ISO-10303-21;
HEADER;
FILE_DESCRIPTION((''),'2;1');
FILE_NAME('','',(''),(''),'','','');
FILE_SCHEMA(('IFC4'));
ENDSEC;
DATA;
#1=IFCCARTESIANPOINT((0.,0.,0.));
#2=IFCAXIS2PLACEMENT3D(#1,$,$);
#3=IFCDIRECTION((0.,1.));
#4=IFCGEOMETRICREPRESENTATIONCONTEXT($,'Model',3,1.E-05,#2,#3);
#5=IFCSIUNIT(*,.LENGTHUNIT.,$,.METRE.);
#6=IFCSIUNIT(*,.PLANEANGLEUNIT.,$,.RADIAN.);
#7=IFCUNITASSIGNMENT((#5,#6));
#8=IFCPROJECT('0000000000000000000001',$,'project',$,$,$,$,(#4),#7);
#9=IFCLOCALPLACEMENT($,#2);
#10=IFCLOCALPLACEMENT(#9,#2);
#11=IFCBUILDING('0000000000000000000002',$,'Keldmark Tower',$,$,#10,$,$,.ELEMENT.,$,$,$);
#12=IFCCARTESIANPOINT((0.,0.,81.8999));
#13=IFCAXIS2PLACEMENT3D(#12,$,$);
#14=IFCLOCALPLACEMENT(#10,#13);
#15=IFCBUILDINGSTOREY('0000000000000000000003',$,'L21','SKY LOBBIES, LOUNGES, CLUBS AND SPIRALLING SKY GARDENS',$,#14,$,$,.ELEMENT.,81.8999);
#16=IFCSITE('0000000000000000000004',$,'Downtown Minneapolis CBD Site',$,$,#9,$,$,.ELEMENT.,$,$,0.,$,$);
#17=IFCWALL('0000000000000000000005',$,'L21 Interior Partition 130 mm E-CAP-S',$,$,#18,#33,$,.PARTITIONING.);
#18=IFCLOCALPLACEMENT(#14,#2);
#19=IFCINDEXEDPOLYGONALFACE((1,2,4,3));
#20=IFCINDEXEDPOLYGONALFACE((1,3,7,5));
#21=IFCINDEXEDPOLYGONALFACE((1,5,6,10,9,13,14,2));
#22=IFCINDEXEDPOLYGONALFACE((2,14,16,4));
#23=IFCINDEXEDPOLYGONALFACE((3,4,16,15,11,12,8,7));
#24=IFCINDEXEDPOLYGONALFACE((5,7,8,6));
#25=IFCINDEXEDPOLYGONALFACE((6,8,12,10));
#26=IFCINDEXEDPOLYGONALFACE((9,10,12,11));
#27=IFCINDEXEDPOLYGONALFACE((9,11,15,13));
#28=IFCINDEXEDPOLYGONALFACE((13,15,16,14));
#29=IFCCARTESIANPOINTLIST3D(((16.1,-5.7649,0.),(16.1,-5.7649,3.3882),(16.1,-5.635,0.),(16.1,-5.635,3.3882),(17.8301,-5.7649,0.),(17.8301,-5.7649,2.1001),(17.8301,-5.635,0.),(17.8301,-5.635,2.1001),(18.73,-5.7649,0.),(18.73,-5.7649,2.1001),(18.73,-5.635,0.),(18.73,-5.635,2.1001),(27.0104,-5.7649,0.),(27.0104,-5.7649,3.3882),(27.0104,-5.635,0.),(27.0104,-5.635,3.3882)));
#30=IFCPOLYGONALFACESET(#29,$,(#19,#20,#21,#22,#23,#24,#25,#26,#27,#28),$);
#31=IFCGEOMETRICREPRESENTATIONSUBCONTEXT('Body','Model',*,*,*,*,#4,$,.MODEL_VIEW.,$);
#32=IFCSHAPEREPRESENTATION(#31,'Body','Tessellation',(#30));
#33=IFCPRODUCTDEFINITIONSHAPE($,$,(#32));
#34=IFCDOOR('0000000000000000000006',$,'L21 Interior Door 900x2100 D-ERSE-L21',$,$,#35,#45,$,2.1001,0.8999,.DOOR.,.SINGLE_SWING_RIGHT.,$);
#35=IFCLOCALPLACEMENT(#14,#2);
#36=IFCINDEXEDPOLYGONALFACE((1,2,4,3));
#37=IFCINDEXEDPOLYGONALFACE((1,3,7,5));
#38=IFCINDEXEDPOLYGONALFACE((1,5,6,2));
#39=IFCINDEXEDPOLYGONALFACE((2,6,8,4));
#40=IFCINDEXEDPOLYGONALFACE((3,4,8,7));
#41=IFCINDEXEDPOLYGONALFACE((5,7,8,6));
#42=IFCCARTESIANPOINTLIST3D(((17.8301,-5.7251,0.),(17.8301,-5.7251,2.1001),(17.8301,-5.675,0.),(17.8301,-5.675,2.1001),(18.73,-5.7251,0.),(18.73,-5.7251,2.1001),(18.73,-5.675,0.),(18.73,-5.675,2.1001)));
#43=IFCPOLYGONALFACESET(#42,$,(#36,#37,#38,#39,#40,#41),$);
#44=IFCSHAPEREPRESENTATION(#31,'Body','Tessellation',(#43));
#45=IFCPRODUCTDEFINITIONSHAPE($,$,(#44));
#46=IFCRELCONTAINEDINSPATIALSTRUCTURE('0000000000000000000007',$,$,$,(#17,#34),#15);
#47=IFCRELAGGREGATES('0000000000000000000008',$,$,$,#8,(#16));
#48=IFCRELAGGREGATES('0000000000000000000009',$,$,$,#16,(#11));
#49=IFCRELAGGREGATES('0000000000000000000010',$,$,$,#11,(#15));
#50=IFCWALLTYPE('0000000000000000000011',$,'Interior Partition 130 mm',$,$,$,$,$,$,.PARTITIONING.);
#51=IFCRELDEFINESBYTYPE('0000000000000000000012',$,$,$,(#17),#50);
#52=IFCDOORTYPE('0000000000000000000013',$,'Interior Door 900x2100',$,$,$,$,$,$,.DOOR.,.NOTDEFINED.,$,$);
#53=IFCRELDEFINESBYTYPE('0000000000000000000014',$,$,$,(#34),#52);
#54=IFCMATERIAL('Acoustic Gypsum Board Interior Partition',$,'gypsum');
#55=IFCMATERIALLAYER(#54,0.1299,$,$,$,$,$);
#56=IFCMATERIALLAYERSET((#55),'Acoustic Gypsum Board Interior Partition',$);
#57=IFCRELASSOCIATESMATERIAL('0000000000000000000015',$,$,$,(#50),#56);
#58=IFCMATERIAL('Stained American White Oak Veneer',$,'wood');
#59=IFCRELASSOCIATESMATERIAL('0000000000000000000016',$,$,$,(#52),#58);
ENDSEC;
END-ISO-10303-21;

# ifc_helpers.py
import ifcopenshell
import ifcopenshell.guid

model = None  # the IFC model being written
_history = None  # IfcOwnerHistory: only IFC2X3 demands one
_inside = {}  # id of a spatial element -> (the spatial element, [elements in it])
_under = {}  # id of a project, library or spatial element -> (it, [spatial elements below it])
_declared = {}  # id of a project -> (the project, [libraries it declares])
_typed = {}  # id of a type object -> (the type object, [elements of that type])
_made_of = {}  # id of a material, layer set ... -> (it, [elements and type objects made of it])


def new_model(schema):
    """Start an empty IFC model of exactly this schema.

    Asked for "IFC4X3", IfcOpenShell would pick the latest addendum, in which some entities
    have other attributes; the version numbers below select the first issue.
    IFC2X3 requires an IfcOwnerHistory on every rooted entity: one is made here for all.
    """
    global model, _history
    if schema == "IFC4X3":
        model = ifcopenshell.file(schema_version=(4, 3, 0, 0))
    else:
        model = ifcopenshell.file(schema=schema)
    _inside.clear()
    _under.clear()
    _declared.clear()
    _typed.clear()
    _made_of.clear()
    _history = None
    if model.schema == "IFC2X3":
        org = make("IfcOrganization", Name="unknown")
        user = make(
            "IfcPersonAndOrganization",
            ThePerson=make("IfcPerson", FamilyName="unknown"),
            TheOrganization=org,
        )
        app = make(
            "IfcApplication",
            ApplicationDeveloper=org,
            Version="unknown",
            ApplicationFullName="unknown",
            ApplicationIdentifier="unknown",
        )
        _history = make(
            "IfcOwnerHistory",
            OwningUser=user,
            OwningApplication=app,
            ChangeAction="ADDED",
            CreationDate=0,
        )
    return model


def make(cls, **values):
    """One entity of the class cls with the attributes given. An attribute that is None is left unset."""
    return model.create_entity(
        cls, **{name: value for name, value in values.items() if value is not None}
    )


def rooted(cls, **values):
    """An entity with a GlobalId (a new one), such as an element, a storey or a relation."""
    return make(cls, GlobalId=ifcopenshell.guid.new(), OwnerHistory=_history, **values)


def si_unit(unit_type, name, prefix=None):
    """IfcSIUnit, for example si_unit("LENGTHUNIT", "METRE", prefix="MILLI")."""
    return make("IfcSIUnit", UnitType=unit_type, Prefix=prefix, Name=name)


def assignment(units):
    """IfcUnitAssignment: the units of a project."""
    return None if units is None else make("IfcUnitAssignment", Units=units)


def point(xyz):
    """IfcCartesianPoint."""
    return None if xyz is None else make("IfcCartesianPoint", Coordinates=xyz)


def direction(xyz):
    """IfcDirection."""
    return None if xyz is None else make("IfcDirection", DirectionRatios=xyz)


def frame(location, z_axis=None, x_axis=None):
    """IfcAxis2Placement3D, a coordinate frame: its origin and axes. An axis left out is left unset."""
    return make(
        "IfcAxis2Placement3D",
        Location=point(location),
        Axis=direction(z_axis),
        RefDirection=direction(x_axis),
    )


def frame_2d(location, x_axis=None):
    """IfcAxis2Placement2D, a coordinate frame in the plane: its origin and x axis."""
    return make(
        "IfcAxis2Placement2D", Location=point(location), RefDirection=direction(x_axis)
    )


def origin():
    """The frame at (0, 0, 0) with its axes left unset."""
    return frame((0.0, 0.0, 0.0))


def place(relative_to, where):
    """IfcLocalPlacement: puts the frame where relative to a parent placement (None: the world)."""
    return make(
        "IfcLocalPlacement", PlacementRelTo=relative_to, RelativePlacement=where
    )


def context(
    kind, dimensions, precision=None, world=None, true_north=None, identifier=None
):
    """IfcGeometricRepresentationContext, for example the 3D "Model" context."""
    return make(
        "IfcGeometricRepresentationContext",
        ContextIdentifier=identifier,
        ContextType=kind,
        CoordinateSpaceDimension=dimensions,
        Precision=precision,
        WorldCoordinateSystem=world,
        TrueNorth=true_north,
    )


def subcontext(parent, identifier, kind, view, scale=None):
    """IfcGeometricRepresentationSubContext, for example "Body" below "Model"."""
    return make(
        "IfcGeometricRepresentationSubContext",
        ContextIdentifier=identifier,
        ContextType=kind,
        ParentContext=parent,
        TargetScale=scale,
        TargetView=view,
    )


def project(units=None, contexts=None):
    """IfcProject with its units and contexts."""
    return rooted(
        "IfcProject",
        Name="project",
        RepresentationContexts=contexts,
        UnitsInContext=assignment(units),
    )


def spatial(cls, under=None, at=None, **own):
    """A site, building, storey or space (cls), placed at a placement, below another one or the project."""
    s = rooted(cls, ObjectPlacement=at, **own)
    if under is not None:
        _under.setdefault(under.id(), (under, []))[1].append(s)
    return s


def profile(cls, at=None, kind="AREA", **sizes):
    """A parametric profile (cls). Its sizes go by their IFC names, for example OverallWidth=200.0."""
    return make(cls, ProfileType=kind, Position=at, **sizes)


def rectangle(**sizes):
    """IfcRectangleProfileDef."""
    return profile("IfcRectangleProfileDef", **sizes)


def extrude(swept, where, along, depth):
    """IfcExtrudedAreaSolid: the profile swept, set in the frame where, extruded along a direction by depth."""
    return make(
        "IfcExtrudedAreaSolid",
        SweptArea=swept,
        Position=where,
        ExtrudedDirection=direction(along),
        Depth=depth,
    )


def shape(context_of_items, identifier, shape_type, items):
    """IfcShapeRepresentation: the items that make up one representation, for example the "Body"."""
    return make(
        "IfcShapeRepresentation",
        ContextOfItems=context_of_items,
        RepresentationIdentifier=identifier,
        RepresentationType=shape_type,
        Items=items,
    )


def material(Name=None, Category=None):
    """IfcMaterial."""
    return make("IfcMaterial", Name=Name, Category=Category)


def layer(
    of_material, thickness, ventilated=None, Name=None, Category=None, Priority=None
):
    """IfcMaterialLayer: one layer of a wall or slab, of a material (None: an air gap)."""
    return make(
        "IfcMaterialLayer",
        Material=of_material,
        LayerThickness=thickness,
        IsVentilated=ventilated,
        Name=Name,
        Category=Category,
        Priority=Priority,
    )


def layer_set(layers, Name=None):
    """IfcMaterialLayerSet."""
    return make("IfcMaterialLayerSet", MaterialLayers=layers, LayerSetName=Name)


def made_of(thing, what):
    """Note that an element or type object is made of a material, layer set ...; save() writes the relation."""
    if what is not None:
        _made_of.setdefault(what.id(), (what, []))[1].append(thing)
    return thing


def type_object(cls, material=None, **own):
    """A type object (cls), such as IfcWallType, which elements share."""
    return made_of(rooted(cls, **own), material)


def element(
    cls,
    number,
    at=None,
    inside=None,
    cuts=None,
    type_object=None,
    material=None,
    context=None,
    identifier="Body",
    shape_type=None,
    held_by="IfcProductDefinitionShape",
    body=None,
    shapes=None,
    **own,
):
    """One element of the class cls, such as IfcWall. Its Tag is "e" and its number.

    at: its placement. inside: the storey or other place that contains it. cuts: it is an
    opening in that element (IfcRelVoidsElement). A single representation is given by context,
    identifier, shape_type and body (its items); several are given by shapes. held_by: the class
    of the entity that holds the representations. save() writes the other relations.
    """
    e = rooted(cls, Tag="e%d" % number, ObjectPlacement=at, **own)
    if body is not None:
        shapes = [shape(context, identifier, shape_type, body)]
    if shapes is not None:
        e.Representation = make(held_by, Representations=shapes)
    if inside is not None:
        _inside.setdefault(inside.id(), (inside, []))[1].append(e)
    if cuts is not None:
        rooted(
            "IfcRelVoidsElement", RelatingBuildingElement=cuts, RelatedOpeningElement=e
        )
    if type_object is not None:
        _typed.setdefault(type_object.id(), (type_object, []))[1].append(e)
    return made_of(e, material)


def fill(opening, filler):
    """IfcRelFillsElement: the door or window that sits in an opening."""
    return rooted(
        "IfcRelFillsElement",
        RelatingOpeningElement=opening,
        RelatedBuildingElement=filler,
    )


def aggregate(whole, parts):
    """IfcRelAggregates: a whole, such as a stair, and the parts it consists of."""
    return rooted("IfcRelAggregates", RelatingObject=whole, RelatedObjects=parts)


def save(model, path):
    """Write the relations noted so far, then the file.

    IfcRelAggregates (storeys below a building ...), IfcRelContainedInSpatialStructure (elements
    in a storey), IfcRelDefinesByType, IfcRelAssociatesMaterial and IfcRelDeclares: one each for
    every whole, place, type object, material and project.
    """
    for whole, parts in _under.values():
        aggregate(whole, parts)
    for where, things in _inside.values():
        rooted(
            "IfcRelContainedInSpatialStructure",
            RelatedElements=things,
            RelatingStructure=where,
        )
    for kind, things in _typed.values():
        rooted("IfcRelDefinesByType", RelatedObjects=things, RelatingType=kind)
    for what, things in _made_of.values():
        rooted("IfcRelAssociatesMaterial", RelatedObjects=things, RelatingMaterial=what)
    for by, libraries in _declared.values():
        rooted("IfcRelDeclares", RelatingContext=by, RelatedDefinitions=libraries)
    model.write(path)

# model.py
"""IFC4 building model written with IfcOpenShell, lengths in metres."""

from ifc_helpers import new_model, si_unit, direction, frame, frame_2d, origin, place, context, subcontext, project, spatial, rectangle, extrude, material, layer, layer_set, type_object, element, fill, save


model = new_model("IFC4")

# Units and contexts
model_context = context("Model", 3, precision=1e-05, world=origin(), true_north=direction((0.0, 1.0)))
body_context = subcontext(model_context, "Body", "Model", "MODEL_VIEW")
ifc_project = project(units=[si_unit("LENGTHUNIT", "METRE"), si_unit("PLANEANGLEUNIT", "RADIAN")], contexts=[model_context])

# Site, building, storey
site_placement = place(None, origin())
site = spatial("IfcSite", under=ifc_project, at=site_placement, Name="Downtown Minneapolis CBD Site", CompositionType="ELEMENT", RefElevation=0.0)
building_placement = place(site_placement, origin())
building = spatial("IfcBuilding", under=site, at=building_placement, Name="Keldmark Tower", CompositionType="ELEMENT")
storey_placement = place(building_placement, frame((0.0, 0.0, 81.8999)))
storey = spatial("IfcBuildingStorey", under=building, at=storey_placement, Name="L21", Description="SKY LOBBIES, LOUNGES, CLUBS AND SPIRALLING SKY GARDENS", CompositionType="ELEMENT", Elevation=81.8999)

# Wall, opening, door
ifc_material_1 = material(Name="Acoustic Gypsum Board Interior Partition", Category="gypsum")
ifc_layer_1 = layer(ifc_material_1, 0.1299)
ifc_layer_set_1 = layer_set([ifc_layer_1], Name="Acoustic Gypsum Board Interior Partition")
wall_type_1 = type_object("IfcWallType", Name="Interior Partition 130 mm", PredefinedType="PARTITIONING", material=ifc_layer_set_1)
wall_1_placement = place(storey_placement, frame((16.1001, -5.7, 0.0), z_axis=(0.0, 0.0, 1.0), x_axis=(1.0, 0.0, 0.0)))
wall_1 = element("IfcWall", 1, at=wall_1_placement, inside=storey, type_object=wall_type_1, Name="L21 Interior Partition 130 mm E-CAP-S", PredefinedType="PARTITIONING", context=body_context, shape_type="SweptSolid", body=[
    extrude(rectangle(XDim=10.9104, YDim=0.1299, at=frame_2d((5.4551, 0.0))), origin(), (0.0, 0.0, 1.0), 3.3882),
])
opening_1_placement = place(wall_1_placement, frame((1.73, 0.0, 0.0)))
opening_1 = element("IfcOpeningElement", 2, at=opening_1_placement, cuts=wall_1, PredefinedType="OPENING", context=body_context, shape_type="SweptSolid", body=[
    extrude(rectangle(XDim=0.8999, YDim=2.1001, at=frame_2d((0.45, 1.05))), frame((0.0, 0.075, 0.0), z_axis=(0.0, -1.0, 0.0), x_axis=(1.0, 0.0, 0.0)), (0.0, 0.0, 1.0), 0.1499),
])
ifc_material_2 = material(Name="Stained American White Oak Veneer", Category="wood")
door_type_1 = type_object("IfcDoorType", Name="Interior Door 900x2100", OperationType="NOTDEFINED", PredefinedType="DOOR", material=ifc_material_2)
door_1_placement = place(opening_1_placement, origin())
door_1 = element("IfcDoor", 3, at=door_1_placement, inside=storey, type_object=door_type_1, Name="L21 Interior Door 900x2100 D-ERSE-L21", OperationType="SINGLE_SWING_RIGHT", OverallHeight=2.1001, OverallWidth=0.8999, PredefinedType="DOOR", context=body_context, shape_type="SweptSolid", body=[
    extrude(rectangle(XDim=0.8999, YDim=2.1001, at=frame_2d((0.45, 1.05))), frame((0.0, 0.0249, 0.0), z_axis=(0.0, -1.0, 0.0), x_axis=(1.0, 0.0, 0.0)), (0.0, 0.0, 1.0), 0.05),
])
fill(opening_1, door_1)

save(model, "model.ifc")
